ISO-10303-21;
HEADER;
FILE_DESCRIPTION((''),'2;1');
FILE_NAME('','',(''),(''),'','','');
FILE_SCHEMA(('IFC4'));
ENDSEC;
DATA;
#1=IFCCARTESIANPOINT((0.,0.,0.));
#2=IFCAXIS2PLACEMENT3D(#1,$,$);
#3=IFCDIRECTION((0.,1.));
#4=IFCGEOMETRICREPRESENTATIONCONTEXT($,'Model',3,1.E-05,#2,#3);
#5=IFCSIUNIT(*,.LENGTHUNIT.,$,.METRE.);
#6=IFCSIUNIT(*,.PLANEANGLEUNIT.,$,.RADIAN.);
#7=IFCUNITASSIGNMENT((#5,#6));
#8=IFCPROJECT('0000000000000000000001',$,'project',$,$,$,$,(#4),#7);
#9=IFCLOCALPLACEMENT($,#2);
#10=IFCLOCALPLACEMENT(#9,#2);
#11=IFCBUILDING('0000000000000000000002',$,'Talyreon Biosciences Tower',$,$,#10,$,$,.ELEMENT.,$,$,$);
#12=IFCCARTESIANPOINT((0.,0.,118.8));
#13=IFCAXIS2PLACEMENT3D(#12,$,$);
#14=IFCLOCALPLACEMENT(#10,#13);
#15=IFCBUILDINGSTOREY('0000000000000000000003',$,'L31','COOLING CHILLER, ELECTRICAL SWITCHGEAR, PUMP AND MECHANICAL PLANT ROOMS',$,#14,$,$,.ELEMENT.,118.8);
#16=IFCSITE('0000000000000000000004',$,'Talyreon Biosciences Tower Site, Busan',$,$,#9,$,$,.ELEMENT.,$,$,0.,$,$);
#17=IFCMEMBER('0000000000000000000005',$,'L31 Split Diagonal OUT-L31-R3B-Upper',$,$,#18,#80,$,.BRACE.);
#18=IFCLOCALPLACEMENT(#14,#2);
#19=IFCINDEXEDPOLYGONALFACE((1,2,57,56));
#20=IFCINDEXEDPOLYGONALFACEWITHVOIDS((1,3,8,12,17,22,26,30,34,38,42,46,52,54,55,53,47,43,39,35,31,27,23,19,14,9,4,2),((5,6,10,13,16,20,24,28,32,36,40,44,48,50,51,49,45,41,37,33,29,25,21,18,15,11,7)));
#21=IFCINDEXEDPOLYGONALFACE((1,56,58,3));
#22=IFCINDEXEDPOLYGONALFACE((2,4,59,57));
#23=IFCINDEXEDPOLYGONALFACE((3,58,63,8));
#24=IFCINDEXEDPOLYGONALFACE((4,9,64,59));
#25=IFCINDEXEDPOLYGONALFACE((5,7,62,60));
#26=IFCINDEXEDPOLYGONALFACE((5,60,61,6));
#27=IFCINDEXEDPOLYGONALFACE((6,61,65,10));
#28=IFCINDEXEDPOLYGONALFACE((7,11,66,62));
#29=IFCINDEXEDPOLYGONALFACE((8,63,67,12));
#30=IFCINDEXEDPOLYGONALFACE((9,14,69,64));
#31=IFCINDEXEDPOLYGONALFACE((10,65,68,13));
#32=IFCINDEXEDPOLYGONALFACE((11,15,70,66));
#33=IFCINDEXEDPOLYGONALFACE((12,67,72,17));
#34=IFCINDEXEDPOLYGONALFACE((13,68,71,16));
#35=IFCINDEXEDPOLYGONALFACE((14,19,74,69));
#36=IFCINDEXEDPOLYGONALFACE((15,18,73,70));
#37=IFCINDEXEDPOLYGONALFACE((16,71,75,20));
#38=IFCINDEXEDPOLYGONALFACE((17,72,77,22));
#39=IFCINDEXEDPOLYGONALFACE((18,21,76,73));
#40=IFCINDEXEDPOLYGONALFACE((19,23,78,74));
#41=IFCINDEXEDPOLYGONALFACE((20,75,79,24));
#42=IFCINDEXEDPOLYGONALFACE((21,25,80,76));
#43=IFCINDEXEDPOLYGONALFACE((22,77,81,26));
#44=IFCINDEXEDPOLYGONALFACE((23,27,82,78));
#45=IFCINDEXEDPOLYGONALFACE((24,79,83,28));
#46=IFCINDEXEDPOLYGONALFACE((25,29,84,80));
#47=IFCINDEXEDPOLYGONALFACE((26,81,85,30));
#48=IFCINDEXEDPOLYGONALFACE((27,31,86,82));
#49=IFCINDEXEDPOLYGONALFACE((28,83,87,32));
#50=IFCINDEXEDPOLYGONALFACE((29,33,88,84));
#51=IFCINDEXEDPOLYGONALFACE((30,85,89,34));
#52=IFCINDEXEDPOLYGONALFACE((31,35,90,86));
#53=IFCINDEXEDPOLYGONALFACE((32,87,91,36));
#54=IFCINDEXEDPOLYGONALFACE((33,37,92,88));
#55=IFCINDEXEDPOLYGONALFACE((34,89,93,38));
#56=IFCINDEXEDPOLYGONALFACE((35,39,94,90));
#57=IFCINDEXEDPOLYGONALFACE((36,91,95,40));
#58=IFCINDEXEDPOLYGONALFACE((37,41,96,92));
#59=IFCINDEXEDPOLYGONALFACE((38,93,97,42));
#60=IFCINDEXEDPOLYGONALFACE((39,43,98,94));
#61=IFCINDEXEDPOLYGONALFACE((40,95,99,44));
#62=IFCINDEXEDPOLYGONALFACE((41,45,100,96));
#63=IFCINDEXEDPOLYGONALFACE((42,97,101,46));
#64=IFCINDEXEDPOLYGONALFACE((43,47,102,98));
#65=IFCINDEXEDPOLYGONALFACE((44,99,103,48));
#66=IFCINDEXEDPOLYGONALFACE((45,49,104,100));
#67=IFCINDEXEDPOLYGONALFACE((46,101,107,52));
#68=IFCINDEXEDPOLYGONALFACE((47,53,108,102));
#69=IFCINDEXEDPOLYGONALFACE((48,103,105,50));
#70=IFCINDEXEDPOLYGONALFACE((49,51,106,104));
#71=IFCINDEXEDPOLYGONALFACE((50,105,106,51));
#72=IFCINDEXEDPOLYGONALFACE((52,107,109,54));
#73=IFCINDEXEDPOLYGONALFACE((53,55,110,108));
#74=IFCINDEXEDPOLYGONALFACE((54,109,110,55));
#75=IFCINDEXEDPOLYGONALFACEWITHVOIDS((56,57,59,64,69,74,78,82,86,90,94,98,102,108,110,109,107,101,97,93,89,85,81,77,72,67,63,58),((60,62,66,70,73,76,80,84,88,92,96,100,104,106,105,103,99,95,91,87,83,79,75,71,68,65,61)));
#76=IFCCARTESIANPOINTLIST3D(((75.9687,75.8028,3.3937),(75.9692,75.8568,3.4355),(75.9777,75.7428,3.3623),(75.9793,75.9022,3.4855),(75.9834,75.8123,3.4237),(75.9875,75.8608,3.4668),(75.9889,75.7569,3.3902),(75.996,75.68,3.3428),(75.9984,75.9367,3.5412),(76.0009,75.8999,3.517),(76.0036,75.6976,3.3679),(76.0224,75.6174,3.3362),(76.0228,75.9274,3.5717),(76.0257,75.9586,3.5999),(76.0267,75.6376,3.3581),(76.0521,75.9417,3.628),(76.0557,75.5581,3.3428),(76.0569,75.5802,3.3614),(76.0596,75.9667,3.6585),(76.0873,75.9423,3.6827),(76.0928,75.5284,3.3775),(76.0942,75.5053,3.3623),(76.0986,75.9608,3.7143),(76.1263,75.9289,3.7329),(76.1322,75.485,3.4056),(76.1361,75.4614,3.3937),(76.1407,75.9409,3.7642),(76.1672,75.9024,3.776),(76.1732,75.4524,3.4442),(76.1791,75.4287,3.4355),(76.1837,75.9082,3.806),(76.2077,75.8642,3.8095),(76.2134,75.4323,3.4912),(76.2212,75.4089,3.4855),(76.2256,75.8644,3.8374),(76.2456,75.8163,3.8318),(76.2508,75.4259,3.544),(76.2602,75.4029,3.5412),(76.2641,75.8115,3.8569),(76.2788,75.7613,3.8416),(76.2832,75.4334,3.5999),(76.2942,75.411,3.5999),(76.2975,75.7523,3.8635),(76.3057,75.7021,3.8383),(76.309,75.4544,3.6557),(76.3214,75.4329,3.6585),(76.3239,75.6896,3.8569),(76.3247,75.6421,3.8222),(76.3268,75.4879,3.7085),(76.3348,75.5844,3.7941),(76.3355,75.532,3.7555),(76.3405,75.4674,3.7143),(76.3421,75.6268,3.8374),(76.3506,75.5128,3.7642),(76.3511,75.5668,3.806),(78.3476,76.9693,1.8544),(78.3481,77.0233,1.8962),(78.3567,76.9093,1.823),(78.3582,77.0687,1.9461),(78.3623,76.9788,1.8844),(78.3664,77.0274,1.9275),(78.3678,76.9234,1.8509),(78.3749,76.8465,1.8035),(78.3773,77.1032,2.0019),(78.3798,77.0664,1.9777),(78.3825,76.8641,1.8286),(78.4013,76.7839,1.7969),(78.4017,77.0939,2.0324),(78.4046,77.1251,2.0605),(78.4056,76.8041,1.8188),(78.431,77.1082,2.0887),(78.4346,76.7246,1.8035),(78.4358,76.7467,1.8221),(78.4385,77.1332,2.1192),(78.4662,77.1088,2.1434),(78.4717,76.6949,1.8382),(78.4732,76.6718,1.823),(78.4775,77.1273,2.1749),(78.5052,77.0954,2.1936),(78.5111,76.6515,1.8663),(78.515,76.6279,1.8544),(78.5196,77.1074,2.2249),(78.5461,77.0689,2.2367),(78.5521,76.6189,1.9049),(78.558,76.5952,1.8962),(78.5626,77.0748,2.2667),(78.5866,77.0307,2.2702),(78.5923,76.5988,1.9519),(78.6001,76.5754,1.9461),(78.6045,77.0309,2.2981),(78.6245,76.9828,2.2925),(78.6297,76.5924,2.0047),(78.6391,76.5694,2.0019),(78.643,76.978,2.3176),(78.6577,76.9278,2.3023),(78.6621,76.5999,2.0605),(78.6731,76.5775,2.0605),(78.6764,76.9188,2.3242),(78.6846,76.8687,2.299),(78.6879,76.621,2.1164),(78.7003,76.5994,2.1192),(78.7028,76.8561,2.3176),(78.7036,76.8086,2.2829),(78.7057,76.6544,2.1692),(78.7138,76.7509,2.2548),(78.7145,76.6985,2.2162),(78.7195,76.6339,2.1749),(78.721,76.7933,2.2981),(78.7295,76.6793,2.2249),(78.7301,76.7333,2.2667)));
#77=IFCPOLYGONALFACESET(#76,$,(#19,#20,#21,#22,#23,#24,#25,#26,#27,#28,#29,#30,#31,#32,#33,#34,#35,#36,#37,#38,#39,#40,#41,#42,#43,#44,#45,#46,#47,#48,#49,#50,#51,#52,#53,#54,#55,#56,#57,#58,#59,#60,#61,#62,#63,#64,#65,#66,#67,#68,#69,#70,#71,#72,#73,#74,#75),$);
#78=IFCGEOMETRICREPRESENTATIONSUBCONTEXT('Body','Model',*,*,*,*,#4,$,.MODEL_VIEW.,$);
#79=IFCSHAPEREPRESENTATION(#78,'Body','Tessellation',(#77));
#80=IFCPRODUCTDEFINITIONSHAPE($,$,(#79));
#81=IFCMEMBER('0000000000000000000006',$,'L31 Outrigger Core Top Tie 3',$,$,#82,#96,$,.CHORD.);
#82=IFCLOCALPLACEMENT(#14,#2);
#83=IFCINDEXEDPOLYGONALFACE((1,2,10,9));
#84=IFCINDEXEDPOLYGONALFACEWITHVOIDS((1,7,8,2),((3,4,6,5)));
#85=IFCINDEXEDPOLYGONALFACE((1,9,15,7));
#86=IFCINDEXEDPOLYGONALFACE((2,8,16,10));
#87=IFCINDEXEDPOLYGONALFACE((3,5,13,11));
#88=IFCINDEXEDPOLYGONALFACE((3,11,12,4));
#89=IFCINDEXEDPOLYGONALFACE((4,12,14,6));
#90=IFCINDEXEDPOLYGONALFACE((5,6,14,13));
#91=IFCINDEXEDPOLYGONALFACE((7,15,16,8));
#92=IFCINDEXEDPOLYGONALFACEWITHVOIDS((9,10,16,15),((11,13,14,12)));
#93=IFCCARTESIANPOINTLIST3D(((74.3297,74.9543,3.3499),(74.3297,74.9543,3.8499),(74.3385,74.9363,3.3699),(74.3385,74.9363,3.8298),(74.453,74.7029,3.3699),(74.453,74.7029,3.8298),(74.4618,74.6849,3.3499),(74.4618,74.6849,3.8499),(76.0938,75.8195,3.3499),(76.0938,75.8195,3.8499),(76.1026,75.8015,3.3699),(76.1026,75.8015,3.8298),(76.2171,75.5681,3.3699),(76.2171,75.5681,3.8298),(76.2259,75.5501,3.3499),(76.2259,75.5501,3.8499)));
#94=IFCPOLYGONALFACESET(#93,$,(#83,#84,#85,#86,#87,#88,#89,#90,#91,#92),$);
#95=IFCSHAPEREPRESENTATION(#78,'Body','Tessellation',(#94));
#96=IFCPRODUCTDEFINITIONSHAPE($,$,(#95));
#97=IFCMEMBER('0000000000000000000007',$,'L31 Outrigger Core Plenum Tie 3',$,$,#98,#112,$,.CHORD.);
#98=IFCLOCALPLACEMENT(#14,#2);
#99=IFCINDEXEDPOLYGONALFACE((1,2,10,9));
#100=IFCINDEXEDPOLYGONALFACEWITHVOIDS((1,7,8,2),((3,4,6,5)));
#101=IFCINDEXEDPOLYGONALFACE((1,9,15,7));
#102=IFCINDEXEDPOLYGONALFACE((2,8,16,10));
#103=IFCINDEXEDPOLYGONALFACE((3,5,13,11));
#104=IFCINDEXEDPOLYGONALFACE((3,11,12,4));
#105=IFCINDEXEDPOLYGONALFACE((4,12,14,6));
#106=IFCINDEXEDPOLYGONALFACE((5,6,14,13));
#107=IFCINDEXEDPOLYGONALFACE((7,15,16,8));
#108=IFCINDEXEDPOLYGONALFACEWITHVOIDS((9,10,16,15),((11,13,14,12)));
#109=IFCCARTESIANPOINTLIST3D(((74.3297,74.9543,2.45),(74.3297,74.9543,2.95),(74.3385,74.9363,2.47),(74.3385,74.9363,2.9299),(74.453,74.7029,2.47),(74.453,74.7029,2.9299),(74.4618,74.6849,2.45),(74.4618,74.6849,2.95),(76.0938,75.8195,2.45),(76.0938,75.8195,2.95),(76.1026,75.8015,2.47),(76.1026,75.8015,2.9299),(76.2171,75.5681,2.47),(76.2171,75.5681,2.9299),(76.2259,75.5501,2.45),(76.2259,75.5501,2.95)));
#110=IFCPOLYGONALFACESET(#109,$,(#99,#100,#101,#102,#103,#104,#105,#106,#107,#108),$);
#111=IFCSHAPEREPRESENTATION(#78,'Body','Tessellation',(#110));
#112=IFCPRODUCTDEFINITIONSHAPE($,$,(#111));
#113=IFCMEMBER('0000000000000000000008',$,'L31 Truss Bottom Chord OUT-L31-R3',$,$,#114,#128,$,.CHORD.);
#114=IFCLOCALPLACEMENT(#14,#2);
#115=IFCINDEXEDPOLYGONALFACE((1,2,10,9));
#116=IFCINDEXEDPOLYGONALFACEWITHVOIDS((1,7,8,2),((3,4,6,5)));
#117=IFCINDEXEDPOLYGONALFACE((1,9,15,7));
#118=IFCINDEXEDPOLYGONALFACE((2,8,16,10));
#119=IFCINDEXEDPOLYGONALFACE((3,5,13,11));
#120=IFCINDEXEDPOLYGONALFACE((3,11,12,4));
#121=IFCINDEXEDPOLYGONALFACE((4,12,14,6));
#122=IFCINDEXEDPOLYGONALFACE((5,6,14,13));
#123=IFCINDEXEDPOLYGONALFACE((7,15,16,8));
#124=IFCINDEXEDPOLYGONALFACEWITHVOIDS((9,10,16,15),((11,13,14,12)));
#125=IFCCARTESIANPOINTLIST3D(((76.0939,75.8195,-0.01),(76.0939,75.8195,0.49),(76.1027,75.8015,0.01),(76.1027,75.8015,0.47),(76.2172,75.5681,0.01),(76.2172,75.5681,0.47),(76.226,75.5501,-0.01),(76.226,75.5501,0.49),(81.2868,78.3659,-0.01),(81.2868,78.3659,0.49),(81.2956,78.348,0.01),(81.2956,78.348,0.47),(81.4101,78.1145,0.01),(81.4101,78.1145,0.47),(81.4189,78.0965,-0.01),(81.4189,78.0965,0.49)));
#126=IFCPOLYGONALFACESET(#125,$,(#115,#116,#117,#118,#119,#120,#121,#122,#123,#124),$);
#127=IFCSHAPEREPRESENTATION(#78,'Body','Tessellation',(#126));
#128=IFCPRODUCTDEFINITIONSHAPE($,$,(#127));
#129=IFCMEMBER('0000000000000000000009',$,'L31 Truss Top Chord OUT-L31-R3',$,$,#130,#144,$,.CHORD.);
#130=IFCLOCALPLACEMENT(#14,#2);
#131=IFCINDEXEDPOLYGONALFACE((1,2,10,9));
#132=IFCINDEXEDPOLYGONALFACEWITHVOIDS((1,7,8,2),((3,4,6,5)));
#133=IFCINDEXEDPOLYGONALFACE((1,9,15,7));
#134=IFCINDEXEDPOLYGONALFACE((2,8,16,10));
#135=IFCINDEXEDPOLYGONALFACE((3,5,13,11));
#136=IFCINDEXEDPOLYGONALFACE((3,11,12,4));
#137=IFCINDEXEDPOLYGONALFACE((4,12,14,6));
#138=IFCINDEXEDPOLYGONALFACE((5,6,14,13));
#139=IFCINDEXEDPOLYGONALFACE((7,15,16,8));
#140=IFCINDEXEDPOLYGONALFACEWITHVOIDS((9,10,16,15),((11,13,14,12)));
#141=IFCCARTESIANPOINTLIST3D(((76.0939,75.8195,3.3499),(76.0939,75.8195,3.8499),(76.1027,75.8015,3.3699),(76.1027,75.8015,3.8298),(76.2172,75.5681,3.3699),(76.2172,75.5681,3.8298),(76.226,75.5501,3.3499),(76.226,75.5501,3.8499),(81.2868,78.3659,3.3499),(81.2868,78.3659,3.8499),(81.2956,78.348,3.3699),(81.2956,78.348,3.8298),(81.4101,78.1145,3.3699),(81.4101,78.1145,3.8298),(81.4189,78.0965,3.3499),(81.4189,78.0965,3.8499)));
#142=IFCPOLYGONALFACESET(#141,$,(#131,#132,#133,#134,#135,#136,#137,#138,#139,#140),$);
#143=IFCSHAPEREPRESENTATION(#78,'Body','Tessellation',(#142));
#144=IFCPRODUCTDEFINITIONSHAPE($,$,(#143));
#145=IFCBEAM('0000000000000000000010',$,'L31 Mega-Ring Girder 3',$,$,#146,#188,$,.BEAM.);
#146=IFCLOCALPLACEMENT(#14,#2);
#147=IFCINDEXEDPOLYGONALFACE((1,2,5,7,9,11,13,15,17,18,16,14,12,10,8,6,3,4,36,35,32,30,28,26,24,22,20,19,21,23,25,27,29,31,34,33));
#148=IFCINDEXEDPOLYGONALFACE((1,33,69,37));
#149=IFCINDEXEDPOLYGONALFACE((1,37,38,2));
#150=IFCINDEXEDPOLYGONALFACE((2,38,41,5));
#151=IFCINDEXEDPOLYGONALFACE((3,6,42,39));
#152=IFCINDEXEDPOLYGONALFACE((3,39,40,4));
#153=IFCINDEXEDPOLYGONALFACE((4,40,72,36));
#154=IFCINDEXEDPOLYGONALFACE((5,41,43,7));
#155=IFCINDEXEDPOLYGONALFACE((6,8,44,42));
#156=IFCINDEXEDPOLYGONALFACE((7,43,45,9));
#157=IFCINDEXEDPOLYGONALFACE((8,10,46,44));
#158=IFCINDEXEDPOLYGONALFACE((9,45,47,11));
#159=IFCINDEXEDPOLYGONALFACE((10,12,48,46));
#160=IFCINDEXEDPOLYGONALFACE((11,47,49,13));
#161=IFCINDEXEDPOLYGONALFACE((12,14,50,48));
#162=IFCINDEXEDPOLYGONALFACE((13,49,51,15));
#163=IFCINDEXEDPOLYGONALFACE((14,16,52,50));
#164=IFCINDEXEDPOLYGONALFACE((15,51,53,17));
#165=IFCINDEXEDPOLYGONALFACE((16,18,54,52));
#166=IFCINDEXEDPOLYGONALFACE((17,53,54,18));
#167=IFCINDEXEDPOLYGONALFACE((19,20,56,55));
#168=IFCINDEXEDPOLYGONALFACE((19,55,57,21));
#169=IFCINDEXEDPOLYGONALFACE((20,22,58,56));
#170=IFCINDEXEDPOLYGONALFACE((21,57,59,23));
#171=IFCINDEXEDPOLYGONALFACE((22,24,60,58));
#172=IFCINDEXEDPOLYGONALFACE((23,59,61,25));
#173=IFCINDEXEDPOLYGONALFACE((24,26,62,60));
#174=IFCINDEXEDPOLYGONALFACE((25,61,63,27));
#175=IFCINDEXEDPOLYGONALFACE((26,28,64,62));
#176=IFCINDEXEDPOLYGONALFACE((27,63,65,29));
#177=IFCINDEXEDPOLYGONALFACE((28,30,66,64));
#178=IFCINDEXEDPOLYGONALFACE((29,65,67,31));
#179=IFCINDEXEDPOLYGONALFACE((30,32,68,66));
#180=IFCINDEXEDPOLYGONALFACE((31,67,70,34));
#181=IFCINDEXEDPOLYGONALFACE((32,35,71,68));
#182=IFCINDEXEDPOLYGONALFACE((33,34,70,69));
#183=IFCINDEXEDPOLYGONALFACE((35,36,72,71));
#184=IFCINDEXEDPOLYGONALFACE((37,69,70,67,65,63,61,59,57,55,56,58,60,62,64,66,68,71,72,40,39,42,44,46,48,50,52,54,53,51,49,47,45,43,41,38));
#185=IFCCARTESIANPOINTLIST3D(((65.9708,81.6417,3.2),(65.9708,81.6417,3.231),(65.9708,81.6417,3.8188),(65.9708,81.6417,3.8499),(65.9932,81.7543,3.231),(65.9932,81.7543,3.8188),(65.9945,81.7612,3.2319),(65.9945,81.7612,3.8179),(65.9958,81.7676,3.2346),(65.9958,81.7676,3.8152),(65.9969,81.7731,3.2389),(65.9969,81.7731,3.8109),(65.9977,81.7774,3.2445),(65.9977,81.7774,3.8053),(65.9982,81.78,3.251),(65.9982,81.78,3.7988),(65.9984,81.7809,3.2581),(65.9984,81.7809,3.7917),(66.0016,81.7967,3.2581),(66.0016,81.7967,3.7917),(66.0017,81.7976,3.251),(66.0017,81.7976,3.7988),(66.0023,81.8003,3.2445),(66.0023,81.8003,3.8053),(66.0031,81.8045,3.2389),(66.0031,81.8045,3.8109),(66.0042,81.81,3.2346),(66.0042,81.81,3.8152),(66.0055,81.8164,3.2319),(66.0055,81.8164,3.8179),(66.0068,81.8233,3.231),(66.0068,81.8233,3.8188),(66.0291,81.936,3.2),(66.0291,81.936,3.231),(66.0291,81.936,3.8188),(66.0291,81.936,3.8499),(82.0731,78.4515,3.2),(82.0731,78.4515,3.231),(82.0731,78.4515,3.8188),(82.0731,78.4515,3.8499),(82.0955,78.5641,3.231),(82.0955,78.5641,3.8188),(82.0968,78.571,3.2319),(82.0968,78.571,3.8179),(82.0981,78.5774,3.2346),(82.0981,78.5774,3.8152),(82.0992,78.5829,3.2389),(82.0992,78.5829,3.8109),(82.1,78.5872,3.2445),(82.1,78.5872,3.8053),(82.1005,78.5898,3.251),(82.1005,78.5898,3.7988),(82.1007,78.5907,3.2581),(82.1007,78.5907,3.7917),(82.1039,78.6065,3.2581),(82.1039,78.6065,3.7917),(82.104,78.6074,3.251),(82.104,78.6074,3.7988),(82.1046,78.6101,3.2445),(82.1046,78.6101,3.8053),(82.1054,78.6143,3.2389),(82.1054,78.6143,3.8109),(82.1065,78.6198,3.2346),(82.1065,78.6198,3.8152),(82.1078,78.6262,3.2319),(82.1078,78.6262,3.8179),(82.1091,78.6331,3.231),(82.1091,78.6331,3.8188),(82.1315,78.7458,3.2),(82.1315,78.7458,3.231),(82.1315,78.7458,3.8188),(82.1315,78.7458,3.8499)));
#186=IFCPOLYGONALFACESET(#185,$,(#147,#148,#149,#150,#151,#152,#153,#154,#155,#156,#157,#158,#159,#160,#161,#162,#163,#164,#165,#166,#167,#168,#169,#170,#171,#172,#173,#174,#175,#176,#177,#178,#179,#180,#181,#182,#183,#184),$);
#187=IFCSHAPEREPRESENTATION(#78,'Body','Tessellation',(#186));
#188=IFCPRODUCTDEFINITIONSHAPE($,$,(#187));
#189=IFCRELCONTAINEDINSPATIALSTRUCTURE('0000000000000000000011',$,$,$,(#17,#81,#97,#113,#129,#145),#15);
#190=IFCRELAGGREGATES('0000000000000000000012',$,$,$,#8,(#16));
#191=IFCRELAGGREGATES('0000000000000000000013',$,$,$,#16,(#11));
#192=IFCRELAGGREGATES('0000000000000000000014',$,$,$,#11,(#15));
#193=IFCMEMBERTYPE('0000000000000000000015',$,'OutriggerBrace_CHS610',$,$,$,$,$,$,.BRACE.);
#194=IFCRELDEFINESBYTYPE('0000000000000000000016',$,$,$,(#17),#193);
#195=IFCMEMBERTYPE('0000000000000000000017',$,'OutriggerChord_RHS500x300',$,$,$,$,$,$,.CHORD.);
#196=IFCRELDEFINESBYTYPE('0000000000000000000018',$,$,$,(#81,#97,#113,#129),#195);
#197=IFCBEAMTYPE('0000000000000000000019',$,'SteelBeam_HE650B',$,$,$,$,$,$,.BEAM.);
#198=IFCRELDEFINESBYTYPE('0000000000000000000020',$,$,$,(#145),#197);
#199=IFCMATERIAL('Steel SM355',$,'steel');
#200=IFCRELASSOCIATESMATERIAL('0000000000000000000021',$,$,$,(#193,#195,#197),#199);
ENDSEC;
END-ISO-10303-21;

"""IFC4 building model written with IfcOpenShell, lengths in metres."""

from ifc_helpers import new_model, si_unit, direction, frame, origin, origin_2d, place, context, subcontext, project, spatial, hollow_rectangle, hollow_circle, i_section, extrude, material, material_profile, profile_set, type_object, element, save


model = new_model("IFC4")

# Units and contexts
model_context = context("Model", 3, precision=1e-05, world=origin(), true_north=direction((0.0, 1.0)))
body_context = subcontext(model_context, "Body", "Model", "MODEL_VIEW")
ifc_project = project(units=[si_unit("LENGTHUNIT", "METRE"), si_unit("PLANEANGLEUNIT", "RADIAN")], contexts=[model_context])

# Site, building, storey
site_placement = place(None, origin())
site = spatial("IfcSite", under=ifc_project, at=site_placement, Name="Talyreon Biosciences Tower Site, Busan", CompositionType="ELEMENT", RefElevation=0.0)
building_placement = place(site_placement, origin())
building = spatial("IfcBuilding", under=site, at=building_placement, Name="Talyreon Biosciences Tower", CompositionType="ELEMENT")
storey_placement = place(building_placement, frame((0.0, 0.0, 118.8)))
storey = spatial("IfcBuildingStorey", under=building, at=storey_placement, Name="L31", Description="COOLING CHILLER, ELECTRICAL SWITCHGEAR, PUMP AND MECHANICAL PLANT ROOMS", CompositionType="ELEMENT", Elevation=118.8)

# Shared definitions
ifc_material_1 = material(Name="Steel SM355", Category="steel")

# Members
ifc_material_profile_1 = material_profile(ifc_material_1, hollow_circle(Radius=0.3049, WallThickness=0.0249, at=origin_2d()), Name="CHS 610x25")
ifc_profile_set_1 = profile_set([ifc_material_profile_1], Name="Steel SM355")
member_type_1 = type_object("IfcMemberType", Name="OutriggerBrace_CHS610", PredefinedType="BRACE", material=ifc_profile_set_1)
member_1_placement = place(storey_placement, frame((78.5388, 76.8513, 2.0605), z_axis=(-0.776352, -0.380687, 0.50235), x_axis=(0.440271, -0.897865, 0.0)))
element("IfcMember", 1, at=member_1_placement, inside=storey, type_object=member_type_1, Name="L31 Split Diagonal OUT-L31-R3B-Upper", PredefinedType="BRACE", context=body_context, shape_type="SweptSolid", body=[
    extrude(hollow_circle(Radius=0.3049, WallThickness=0.0249, at=origin_2d()), origin(), (0.0, 0.0, 1.0), 3.0642),
])
ifc_material_profile_2 = material_profile(ifc_material_1, hollow_rectangle(XDim=0.3, YDim=0.5, WallThickness=0.02, at=origin_2d()), Name="RHS 500x300x20")
ifc_profile_set_2 = profile_set([ifc_material_profile_2], Name="Steel SM355")
member_type_2 = type_object("IfcMemberType", Name="OutriggerChord_RHS500x300", PredefinedType="CHORD", material=ifc_profile_set_2)
for number, where, z_axis, x_axis, name in (
    (2, (74.3958, 74.8196, 3.5999), (0.89783, 0.440342, 0.0), (-0.440342, 0.89783, 0.0), "L31 Outrigger Core Top Tie 3"),
    (3, (74.3958, 74.8196, 2.7), (0.89783, 0.440342, 0.0), (-0.440342, 0.89783, 0.0), "L31 Outrigger Core Plenum Tie 3"),
):
    element("IfcMember", number, at=place(storey_placement, frame(where, z_axis=z_axis, x_axis=x_axis)), inside=storey, type_object=member_type_2, Name=name, PredefinedType="CHORD", context=body_context, shape_type="SweptSolid", body=[
        extrude(hollow_rectangle(XDim=0.3, YDim=0.5, WallThickness=0.02, at=origin_2d()), origin(), (0.0, 0.0, 1.0), 1.9648),
    ])
for number, where, z_axis, x_axis, name in (
    (4, (76.1599, 75.6848, 0.24), (0.897862, 0.440277, 0.0), (-0.440277, 0.897862, 0.0), "L31 Truss Bottom Chord OUT-L31-R3"),
    (5, (76.1599, 75.6848, 3.5999), (0.897862, 0.440277, 0.0), (-0.440277, 0.897862, 0.0), "L31 Truss Top Chord OUT-L31-R3"),
):
    element("IfcMember", number, at=place(storey_placement, frame(where, z_axis=z_axis, x_axis=x_axis)), inside=storey, type_object=member_type_2, Name=name, PredefinedType="CHORD", context=body_context, shape_type="SweptSolid", body=[
        extrude(hollow_rectangle(XDim=0.3, YDim=0.5, WallThickness=0.02, at=origin_2d()), origin(), (0.0, 0.0, 1.0), 5.7837),
    ])

# Beam
ifc_material_profile_3 = material_profile(ifc_material_1, i_section(OverallWidth=0.3, OverallDepth=0.6499, WebThickness=0.0161, FlangeThickness=0.031, FilletRadius=0.0271, at=origin_2d()), Name="HE650B")
ifc_profile_set_3 = profile_set([ifc_material_profile_3], Name="Steel SM355")
beam_type_1 = type_object("IfcBeamType", Name="SteelBeam_HE650B", PredefinedType="BEAM", material=ifc_profile_set_3)
beam_1_placement = place(storey_placement, frame((82.1023, 78.5986, 3.5249), z_axis=(-0.980934, 0.194343, 0.0), x_axis=(-0.194343, -0.980934, 0.0)))
element("IfcBeam", 6, at=beam_1_placement, inside=storey, type_object=beam_type_1, Name="L31 Mega-Ring Girder 3", PredefinedType="BEAM", context=body_context, shape_type="SweptSolid", body=[
    extrude(i_section(OverallWidth=0.3, OverallDepth=0.6499, WebThickness=0.0161, FlangeThickness=0.031, FilletRadius=0.0271, at=origin_2d()), origin(), (0.0, 0.0, 1.0), 16.4153),
])

save(model, "model.ifc")
